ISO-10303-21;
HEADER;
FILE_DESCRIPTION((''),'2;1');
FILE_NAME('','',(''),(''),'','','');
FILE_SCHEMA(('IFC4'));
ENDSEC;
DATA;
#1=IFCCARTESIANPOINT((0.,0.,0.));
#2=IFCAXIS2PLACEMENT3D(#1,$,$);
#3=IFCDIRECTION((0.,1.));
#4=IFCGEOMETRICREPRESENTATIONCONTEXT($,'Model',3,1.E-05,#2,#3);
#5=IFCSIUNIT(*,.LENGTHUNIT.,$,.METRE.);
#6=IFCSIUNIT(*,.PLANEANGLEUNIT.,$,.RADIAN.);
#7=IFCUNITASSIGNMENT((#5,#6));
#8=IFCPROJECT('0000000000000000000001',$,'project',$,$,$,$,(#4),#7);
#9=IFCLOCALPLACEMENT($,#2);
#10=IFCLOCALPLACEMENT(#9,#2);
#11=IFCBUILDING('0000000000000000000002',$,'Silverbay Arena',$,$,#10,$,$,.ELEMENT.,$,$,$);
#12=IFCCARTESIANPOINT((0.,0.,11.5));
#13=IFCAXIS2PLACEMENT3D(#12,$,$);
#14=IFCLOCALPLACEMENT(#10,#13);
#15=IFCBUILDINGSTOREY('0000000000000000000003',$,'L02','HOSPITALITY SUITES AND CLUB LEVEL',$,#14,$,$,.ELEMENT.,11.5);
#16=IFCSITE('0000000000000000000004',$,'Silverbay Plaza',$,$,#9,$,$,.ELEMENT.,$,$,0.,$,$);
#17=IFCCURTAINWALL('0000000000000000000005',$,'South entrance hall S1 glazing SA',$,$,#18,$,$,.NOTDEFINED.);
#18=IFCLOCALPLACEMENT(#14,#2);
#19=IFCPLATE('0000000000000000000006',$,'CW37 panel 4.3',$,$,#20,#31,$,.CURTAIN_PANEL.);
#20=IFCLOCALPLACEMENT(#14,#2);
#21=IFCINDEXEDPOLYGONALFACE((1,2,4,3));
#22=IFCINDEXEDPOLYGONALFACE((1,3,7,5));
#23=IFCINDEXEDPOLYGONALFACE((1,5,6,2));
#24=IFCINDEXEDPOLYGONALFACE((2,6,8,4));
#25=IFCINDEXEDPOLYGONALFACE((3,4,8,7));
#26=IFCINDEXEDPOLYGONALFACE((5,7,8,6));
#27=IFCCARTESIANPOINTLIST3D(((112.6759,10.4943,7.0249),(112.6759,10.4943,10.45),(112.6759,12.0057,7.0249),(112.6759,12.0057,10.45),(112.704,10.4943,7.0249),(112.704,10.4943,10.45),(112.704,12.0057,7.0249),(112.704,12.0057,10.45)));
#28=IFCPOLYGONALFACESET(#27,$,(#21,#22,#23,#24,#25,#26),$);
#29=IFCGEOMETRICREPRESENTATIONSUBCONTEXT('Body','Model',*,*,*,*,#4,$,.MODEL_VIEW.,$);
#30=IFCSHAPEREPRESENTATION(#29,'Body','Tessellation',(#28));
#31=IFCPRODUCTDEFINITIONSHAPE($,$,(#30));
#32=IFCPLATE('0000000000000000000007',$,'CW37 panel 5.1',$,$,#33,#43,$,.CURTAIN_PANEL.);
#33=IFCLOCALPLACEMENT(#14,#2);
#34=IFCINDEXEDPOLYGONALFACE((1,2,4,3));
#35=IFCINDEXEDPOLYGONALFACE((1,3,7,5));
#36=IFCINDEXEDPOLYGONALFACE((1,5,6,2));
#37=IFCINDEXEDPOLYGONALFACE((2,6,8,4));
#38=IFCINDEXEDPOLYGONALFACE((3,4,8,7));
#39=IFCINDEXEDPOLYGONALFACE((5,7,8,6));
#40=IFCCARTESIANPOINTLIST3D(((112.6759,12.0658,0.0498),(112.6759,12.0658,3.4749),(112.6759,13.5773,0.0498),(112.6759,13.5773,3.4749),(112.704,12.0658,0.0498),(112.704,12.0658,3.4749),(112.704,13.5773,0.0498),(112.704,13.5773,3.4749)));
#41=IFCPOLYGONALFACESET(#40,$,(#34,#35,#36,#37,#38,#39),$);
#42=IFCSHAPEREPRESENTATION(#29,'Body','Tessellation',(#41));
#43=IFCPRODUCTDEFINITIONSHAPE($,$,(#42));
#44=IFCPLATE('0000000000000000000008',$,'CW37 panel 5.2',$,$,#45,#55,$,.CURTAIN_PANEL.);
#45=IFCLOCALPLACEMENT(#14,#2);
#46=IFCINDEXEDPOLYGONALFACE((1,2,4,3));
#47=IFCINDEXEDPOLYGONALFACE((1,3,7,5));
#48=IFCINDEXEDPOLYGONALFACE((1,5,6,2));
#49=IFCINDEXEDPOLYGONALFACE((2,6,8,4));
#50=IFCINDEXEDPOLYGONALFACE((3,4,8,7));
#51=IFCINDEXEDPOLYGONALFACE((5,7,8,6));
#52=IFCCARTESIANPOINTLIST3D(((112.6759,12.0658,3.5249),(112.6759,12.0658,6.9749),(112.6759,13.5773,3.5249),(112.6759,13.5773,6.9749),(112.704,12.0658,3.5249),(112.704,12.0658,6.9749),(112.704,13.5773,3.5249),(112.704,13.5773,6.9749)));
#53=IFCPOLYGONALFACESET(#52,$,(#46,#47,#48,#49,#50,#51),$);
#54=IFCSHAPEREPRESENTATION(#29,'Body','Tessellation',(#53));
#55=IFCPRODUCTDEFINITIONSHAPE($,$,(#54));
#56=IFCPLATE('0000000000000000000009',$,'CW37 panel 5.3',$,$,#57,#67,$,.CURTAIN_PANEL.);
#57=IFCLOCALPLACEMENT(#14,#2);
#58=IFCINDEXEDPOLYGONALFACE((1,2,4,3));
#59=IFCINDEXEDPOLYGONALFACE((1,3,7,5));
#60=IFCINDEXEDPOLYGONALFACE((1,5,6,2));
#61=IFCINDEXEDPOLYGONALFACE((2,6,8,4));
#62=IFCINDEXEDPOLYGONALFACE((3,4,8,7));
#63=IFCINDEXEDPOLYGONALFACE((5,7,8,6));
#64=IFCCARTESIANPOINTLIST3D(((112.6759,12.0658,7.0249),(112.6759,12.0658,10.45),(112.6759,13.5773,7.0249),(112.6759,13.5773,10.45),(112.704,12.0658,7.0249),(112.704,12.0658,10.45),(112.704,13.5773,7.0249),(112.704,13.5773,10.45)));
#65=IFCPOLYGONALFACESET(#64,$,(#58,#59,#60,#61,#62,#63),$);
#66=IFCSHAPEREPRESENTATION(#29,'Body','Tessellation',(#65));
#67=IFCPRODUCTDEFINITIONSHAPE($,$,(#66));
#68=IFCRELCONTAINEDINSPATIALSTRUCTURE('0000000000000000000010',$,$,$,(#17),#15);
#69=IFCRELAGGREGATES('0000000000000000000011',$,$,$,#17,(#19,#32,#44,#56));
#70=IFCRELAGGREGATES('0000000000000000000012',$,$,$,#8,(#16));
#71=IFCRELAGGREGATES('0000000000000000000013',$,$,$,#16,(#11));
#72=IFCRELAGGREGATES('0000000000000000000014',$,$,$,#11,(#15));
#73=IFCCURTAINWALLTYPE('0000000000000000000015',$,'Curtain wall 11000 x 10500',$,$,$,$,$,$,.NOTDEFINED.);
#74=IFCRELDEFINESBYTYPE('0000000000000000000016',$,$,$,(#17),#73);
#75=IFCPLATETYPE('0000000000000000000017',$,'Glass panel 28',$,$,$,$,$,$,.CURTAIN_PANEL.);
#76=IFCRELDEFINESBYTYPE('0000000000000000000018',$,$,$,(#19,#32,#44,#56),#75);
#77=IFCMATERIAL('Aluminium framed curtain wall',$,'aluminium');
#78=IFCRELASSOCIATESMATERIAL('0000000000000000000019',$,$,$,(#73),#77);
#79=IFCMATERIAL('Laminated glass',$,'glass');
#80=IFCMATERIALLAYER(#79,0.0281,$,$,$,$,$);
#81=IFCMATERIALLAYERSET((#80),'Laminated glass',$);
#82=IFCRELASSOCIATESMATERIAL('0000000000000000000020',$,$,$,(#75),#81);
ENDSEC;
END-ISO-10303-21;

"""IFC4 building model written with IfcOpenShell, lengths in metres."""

from ifc_helpers import new_model, si_unit, direction, frame, origin, origin_2d, place, context, subcontext, project, spatial, rectangle, extrude, material, layer, layer_set, type_object, element, aggregate, save


model = new_model("IFC4")

# Units and contexts
model_context = context("Model", 3, precision=1e-05, world=origin(), true_north=direction((0.0, 1.0)))
body_context = subcontext(model_context, "Body", "Model", "MODEL_VIEW")
ifc_project = project(units=[si_unit("LENGTHUNIT", "METRE"), si_unit("PLANEANGLEUNIT", "RADIAN")], contexts=[model_context])

# Site, building, storey
site_placement = place(None, origin())
site = spatial("IfcSite", under=ifc_project, at=site_placement, Name="Silverbay Plaza", CompositionType="ELEMENT", RefElevation=0.0)
building_placement = place(site_placement, origin())
building = spatial("IfcBuilding", under=site, at=building_placement, Name="Silverbay Arena", CompositionType="ELEMENT")
storey_placement = place(building_placement, frame((0.0, 0.0, 11.5)))
storey = spatial("IfcBuildingStorey", under=building, at=storey_placement, Name="L02", Description="HOSPITALITY SUITES AND CLUB LEVEL", CompositionType="ELEMENT", Elevation=11.5)

# Curtain wall, plates
ifc_material_1 = material(Name="Aluminium framed curtain wall", Category="aluminium")
curtain_wall_type = type_object("IfcCurtainWallType", Name="Curtain wall 11000 x 10500", PredefinedType="NOTDEFINED", material=ifc_material_1)
curtain_wall_placement = place(storey_placement, origin())
curtain_wall = element("IfcCurtainWall", 1, at=curtain_wall_placement, inside=storey, type_object=curtain_wall_type, Name="South entrance hall S1 glazing SA", PredefinedType="NOTDEFINED")
ifc_material_2 = material(Name="Laminated glass", Category="glass")
ifc_layer = layer(ifc_material_2, 0.0281)
ifc_layer_set = layer_set([ifc_layer], Name="Laminated glass")
plate_type = type_object("IfcPlateType", Name="Glass panel 28", PredefinedType="CURTAIN_PANEL", material=ifc_layer_set)
plate_1_placement = place(storey_placement, frame((112.6899, 11.25, 7.0249), z_axis=(0.0, 0.0, 1.0), x_axis=(0.0, 1.0, 0.0)))
plate_1 = element("IfcPlate", 2, at=plate_1_placement, type_object=plate_type, Name="CW37 panel 4.3", PredefinedType="CURTAIN_PANEL", context=body_context, shape_type="SweptSolid", body=[
    extrude(rectangle(XDim=1.5115, YDim=0.0281, at=origin_2d()), origin(), (0.0, 0.0, 1.0), 3.425),
])
plate_2_placement = place(storey_placement, frame((112.6899, 12.8215, 0.0498), z_axis=(0.0, 0.0, 1.0), x_axis=(0.0, 1.0, 0.0)))
plate_2 = element("IfcPlate", 3, at=plate_2_placement, type_object=plate_type, Name="CW37 panel 5.1", PredefinedType="CURTAIN_PANEL", context=body_context, shape_type="SweptSolid", body=[
    extrude(rectangle(XDim=1.5115, YDim=0.0281, at=origin_2d()), origin(), (0.0, 0.0, 1.0), 3.425),
])
plate_3_placement = place(storey_placement, frame((112.6899, 12.8215, 3.5249), z_axis=(0.0, 0.0, 1.0), x_axis=(0.0, 1.0, 0.0)))
plate_3 = element("IfcPlate", 4, at=plate_3_placement, type_object=plate_type, Name="CW37 panel 5.2", PredefinedType="CURTAIN_PANEL", context=body_context, shape_type="SweptSolid", body=[
    extrude(rectangle(XDim=1.5115, YDim=0.0281, at=origin_2d()), origin(), (0.0, 0.0, 1.0), 3.45),
])
plate_4_placement = place(storey_placement, frame((112.6899, 12.8215, 7.0249), z_axis=(0.0, 0.0, 1.0), x_axis=(0.0, 1.0, 0.0)))
plate_4 = element("IfcPlate", 5, at=plate_4_placement, type_object=plate_type, Name="CW37 panel 5.3", PredefinedType="CURTAIN_PANEL", context=body_context, shape_type="SweptSolid", body=[
    extrude(rectangle(XDim=1.5115, YDim=0.0281, at=origin_2d()), origin(), (0.0, 0.0, 1.0), 3.425),
])
aggregate(curtain_wall, [plate_1, plate_2, plate_3, plate_4])

save(model, "model.ifc")
